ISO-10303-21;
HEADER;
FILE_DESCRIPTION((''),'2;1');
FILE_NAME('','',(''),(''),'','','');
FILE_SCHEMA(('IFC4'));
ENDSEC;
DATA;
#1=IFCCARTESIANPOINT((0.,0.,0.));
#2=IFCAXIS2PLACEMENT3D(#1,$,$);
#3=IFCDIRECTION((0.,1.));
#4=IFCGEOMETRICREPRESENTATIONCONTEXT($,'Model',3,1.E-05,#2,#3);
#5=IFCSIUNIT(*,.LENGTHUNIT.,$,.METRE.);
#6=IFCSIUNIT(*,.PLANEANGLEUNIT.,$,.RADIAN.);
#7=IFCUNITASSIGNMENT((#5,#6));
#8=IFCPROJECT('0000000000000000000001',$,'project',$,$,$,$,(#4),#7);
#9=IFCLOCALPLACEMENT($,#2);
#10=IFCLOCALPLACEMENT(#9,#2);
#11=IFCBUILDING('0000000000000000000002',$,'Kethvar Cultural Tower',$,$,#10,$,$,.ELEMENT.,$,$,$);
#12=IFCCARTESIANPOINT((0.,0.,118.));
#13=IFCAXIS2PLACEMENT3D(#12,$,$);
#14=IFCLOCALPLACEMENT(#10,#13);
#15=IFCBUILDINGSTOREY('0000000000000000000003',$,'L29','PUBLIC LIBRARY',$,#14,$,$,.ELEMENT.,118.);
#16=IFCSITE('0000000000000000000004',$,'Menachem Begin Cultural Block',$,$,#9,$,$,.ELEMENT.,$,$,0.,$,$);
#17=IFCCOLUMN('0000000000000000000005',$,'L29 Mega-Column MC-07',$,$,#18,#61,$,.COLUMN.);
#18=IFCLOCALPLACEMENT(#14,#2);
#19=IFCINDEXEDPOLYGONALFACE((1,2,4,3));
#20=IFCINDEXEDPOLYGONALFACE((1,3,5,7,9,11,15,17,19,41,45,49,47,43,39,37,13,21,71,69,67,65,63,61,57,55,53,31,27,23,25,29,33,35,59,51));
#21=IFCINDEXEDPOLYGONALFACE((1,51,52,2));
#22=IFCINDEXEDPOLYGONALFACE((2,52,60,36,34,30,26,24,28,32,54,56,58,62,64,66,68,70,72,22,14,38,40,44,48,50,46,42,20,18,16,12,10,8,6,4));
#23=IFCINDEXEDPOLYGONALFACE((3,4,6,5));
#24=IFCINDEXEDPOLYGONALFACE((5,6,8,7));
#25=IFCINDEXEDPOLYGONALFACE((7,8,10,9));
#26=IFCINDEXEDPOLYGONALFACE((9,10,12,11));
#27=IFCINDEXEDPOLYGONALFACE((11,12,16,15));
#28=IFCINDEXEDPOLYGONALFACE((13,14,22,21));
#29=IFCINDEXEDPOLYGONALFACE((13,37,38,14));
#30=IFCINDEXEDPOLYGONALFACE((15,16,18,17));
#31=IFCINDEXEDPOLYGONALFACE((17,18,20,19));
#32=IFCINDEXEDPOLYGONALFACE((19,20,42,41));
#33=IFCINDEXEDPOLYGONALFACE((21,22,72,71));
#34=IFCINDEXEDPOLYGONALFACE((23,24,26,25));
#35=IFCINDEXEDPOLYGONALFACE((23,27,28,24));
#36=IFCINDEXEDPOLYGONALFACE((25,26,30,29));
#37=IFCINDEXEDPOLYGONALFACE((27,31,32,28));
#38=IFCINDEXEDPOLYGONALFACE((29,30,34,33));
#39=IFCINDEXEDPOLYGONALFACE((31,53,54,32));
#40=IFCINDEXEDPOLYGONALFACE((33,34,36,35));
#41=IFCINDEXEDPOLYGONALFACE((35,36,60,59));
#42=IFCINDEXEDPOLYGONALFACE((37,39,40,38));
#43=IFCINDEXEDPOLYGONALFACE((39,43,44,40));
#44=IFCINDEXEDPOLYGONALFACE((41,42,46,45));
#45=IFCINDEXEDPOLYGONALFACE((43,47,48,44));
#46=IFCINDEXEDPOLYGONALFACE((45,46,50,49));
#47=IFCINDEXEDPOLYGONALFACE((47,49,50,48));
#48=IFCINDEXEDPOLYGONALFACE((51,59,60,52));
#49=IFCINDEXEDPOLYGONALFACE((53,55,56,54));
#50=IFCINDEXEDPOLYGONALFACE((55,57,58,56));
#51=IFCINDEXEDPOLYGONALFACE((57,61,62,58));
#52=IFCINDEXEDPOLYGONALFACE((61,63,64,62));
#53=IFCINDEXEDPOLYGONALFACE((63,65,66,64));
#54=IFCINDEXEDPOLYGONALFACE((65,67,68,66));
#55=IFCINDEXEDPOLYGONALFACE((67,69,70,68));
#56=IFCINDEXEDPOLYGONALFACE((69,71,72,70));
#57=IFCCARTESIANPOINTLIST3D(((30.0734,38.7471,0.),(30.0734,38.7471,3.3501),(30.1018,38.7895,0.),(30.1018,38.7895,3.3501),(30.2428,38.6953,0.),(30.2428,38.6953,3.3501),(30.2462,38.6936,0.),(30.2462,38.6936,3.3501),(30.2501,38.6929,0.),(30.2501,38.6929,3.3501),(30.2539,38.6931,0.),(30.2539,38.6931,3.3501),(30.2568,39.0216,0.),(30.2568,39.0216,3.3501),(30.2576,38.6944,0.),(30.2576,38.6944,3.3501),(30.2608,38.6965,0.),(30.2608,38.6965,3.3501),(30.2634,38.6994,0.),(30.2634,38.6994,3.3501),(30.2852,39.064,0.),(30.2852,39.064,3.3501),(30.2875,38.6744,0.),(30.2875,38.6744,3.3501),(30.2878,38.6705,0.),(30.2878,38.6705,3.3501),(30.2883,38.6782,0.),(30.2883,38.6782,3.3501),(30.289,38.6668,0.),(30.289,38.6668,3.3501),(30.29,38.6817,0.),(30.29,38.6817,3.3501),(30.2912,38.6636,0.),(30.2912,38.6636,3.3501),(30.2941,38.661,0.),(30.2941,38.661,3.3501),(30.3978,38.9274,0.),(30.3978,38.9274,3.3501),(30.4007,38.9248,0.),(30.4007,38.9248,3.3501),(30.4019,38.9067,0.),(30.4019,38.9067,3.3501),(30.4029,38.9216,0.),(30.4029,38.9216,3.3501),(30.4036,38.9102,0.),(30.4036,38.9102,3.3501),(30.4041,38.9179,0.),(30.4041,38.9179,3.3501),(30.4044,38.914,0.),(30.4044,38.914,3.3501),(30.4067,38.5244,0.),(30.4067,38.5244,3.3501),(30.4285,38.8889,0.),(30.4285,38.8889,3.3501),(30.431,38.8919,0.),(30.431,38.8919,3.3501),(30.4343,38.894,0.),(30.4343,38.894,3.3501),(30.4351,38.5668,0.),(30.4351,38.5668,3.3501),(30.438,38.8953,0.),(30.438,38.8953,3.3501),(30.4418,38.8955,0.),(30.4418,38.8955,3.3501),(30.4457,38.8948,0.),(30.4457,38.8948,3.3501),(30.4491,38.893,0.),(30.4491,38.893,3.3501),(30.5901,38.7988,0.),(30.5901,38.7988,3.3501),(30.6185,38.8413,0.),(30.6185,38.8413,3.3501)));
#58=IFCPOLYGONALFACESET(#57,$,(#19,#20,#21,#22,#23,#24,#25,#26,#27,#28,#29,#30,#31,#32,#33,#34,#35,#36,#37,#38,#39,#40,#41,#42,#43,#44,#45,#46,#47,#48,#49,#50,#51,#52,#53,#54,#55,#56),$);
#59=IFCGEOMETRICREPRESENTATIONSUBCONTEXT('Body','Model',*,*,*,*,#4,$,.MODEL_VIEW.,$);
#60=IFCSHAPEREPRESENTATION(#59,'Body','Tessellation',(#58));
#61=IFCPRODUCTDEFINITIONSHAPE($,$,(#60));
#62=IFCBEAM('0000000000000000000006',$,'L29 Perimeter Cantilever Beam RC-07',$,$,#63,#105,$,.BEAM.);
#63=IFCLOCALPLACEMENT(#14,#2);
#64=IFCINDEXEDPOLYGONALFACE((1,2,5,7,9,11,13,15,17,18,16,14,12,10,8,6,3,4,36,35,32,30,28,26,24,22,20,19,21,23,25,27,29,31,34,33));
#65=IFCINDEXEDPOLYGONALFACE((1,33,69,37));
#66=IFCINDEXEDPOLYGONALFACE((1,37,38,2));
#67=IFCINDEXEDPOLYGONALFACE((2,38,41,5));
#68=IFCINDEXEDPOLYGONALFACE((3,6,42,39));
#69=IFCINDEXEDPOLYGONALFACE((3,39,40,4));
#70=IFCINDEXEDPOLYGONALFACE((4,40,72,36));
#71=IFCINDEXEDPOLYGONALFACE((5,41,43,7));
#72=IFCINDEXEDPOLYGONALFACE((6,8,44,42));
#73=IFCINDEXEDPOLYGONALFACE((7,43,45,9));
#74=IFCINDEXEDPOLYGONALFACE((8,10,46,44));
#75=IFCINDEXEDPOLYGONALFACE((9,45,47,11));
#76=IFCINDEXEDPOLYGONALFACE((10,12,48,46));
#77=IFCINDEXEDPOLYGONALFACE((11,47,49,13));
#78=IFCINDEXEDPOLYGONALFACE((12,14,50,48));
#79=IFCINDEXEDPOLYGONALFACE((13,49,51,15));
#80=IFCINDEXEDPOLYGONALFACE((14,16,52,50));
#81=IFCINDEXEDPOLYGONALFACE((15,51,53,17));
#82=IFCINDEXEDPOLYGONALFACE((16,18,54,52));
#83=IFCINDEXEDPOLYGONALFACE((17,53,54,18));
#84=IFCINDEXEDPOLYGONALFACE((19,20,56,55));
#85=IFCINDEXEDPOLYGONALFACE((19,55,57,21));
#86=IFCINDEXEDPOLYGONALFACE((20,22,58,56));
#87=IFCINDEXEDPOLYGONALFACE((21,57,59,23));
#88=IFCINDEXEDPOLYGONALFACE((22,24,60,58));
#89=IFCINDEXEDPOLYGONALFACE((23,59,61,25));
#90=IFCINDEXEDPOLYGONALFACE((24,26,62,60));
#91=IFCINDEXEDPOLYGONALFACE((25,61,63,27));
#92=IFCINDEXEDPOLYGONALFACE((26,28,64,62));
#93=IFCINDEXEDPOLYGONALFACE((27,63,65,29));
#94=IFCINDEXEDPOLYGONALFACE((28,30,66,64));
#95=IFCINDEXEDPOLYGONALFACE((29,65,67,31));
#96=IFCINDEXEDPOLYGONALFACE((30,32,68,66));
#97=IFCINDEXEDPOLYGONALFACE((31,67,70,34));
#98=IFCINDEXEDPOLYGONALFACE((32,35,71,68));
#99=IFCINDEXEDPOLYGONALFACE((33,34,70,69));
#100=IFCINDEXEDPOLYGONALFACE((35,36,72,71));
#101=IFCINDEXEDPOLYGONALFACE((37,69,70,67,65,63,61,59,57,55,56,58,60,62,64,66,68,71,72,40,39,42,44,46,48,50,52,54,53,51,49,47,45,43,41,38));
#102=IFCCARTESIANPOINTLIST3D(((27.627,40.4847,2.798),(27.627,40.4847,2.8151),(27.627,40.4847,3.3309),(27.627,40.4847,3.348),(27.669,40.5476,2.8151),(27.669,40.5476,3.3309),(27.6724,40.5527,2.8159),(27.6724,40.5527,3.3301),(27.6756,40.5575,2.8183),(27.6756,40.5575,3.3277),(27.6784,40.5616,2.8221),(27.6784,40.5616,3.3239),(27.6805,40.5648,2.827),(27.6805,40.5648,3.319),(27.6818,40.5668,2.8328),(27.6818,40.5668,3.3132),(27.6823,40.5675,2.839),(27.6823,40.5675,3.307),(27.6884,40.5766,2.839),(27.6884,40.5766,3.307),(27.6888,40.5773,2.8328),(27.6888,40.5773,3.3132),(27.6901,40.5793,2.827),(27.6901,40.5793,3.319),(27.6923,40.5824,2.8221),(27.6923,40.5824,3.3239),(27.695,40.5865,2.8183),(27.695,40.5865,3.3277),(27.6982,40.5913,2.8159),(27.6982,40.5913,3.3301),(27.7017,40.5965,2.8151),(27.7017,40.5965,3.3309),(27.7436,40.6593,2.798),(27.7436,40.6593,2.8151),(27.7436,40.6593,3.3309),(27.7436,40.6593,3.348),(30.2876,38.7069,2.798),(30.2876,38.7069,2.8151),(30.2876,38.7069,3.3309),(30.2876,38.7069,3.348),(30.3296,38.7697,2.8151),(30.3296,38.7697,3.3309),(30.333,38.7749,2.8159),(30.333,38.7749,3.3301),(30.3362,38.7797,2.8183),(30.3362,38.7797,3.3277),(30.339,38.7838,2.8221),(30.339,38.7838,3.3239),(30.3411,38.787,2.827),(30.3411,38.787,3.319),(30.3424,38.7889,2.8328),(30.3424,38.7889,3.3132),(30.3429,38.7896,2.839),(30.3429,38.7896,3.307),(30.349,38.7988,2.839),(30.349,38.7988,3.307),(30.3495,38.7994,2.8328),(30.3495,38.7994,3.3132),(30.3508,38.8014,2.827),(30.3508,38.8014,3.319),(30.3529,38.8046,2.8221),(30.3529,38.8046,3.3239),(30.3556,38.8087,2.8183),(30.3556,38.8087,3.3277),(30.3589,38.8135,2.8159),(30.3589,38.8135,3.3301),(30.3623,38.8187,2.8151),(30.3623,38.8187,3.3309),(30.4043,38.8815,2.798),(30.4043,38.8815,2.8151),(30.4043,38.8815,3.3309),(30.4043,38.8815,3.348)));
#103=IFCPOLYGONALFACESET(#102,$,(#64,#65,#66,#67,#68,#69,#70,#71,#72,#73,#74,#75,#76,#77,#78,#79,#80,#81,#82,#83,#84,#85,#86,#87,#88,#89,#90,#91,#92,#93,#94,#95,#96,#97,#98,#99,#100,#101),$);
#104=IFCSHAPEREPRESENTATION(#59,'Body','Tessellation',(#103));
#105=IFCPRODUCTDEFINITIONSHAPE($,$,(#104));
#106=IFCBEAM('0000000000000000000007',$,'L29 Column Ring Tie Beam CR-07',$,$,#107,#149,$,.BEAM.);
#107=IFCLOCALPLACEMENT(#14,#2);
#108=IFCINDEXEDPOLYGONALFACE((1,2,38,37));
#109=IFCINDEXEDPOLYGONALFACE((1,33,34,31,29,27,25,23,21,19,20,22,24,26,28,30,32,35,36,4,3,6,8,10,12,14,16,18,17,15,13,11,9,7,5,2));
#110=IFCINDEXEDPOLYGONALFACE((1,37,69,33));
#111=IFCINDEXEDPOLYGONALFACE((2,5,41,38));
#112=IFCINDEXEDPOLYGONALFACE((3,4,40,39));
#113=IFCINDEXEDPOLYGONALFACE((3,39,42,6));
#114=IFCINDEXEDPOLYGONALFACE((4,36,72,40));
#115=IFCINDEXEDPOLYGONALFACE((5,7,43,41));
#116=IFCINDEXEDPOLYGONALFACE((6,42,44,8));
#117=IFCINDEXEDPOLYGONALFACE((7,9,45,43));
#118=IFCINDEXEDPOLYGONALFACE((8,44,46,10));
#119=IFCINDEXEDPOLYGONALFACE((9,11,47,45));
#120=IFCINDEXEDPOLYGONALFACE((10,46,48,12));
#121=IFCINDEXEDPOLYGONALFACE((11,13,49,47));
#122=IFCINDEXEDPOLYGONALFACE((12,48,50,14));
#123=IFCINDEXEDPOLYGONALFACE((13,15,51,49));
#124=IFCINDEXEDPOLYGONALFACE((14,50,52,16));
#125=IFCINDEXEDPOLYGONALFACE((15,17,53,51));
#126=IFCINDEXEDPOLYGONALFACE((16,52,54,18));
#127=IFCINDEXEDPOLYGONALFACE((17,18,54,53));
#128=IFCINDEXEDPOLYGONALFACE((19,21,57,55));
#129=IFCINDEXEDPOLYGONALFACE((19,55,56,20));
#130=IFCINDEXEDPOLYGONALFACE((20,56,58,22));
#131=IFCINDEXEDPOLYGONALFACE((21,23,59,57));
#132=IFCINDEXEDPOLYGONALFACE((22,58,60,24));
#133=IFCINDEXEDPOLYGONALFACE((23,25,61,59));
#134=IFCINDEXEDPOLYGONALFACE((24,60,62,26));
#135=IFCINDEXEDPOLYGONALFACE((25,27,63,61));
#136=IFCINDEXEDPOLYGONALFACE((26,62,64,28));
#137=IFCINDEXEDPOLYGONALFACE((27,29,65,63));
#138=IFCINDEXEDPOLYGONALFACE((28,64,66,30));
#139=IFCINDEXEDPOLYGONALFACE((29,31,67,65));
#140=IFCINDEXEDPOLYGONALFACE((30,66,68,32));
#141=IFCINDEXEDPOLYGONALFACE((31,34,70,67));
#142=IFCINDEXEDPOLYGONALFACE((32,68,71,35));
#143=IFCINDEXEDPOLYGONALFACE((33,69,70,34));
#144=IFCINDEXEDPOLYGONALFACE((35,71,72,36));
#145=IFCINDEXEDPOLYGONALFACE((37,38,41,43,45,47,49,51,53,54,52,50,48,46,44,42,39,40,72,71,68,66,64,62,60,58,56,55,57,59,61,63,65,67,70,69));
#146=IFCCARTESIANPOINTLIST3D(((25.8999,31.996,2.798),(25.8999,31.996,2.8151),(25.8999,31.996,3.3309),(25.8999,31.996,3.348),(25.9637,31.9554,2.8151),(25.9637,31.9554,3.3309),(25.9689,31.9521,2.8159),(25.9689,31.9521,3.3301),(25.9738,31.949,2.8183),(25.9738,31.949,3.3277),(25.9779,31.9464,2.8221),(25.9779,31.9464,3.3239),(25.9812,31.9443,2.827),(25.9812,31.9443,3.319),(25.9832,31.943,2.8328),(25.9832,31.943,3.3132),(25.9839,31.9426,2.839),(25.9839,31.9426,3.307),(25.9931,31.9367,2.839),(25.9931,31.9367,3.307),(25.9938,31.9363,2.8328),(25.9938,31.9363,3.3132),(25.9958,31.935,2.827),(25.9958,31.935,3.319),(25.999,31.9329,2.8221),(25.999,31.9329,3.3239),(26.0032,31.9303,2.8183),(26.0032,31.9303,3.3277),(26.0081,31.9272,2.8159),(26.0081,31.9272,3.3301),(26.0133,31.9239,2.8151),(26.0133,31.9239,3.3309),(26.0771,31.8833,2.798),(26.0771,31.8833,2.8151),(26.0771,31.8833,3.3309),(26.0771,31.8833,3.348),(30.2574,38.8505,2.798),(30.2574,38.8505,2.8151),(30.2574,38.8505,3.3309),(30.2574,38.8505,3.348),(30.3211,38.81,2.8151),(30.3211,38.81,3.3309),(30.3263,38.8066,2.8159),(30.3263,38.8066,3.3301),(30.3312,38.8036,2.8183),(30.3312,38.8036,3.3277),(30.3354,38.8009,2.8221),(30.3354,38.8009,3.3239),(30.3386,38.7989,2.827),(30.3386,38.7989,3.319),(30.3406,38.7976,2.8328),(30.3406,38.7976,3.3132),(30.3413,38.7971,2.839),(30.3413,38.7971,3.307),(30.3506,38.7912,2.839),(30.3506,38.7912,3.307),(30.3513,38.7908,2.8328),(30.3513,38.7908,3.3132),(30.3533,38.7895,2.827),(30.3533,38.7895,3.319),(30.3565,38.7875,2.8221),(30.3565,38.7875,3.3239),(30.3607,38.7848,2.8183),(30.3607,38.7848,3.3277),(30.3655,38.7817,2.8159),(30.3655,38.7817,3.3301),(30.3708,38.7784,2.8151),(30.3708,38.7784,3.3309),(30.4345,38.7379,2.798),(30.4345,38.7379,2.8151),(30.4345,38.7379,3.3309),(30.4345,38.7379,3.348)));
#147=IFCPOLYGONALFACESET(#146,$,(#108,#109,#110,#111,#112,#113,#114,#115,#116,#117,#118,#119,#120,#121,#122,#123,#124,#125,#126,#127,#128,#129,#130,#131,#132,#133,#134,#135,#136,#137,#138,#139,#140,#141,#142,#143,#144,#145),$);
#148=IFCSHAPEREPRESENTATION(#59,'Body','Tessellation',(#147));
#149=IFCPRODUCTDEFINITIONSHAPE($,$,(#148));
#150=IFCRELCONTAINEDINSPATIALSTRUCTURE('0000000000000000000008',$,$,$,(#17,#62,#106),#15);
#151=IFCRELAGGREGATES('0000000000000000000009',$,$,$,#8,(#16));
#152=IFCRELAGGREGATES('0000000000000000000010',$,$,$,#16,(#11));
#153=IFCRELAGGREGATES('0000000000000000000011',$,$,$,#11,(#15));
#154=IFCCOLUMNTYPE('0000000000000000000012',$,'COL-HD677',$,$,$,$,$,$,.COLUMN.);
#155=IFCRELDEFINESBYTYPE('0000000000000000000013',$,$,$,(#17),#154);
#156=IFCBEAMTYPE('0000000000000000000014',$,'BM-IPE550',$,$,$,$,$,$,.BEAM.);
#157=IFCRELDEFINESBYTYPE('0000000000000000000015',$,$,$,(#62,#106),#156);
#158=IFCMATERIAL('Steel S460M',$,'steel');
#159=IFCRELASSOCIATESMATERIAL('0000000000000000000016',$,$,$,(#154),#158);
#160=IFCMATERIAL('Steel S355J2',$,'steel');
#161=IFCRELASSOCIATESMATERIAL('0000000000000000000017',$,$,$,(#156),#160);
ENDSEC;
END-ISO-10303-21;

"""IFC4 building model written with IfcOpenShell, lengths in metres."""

from ifc_helpers import new_model, si_unit, direction, frame, origin, origin_2d, place, context, subcontext, project, spatial, i_section, extrude, source, transform, mapped, material, material_profile, profile_set, type_object, element, save


model = new_model("IFC4")

# Units and contexts
model_context = context("Model", 3, precision=1e-05, world=origin(), true_north=direction((0.0, 1.0)))
body_context = subcontext(model_context, "Body", "Model", "MODEL_VIEW")
ifc_project = project(units=[si_unit("LENGTHUNIT", "METRE"), si_unit("PLANEANGLEUNIT", "RADIAN")], contexts=[model_context])

# Site, building, storey
site_placement = place(None, origin())
site = spatial("IfcSite", under=ifc_project, at=site_placement, Name="Menachem Begin Cultural Block", CompositionType="ELEMENT", RefElevation=0.0)
building_placement = place(site_placement, origin())
building = spatial("IfcBuilding", under=site, at=building_placement, Name="Kethvar Cultural Tower", CompositionType="ELEMENT")
storey_placement = place(building_placement, frame((0.0, 0.0, 118.0)))
storey = spatial("IfcBuildingStorey", under=building, at=storey_placement, Name="L29", Description="PUBLIC LIBRARY", CompositionType="ELEMENT", Elevation=118.0)

# Column
ifc_material_1 = material(Name="Steel S460M", Category="steel")
ifc_material_profile_1 = material_profile(ifc_material_1, i_section(OverallWidth=0.4009, OverallDepth=0.3811, WebThickness=0.032, FlangeThickness=0.051, FilletRadius=0.0149, at=origin_2d()), Name="Steel S460M — HD400x677")
ifc_profile_set_1 = profile_set([ifc_material_profile_1], Name="Steel S460M — HD400x677")
column_type = type_object("IfcColumnType", Name="COL-HD677", PredefinedType="COLUMN", material=ifc_profile_set_1)
shared_shape_1 = source(origin(), body_context, "Body", "SweptSolid", [
    extrude(i_section(OverallWidth=0.4009, OverallDepth=0.3811, WebThickness=0.032, FlangeThickness=0.051, FilletRadius=0.0149, at=origin_2d()), origin(), (0.0, 0.0, 1.0), 3.3501),
])
column_placement = place(storey_placement, frame((30.3459, 38.7942, 0.0), z_axis=(0.0, 0.0, 1.0), x_axis=(-0.83147, 0.55557, 0.0)))
element("IfcColumn", 1, at=column_placement, inside=storey, type_object=column_type, Name="L29 Mega-Column MC-07", PredefinedType="COLUMN", context=body_context, shape_type="MappedRepresentation", body=[
    mapped(shared_shape_1, transform((0.0, 0.0, 0.0), scale=1.0)),
])

# Beams
ifc_material_2 = material(Name="Steel S355J2", Category="steel")
ifc_material_profile_2 = material_profile(ifc_material_2, i_section(OverallWidth=0.21, OverallDepth=0.55, WebThickness=0.011, FlangeThickness=0.0171, FilletRadius=0.0239, at=origin_2d()), Name="Steel S355J2 — IPE550")
ifc_profile_set_2 = profile_set([ifc_material_profile_2], Name="Steel S355J2 — IPE550")
beam_type_1 = type_object("IfcBeamType", Name="BM-IPE550", PredefinedType="BEAM", material=ifc_profile_set_2)
shared_shape_2 = source(origin(), body_context, "Body", "SweptSolid", [
    extrude(i_section(OverallWidth=0.21, OverallDepth=0.55, WebThickness=0.011, FlangeThickness=0.0171, FilletRadius=0.0239, at=origin_2d()), origin(), (0.0, 0.0, 1.0), 3.2),
])
beam_1_placement = place(storey_placement, frame((30.3459, 38.7942, 3.073), z_axis=(-0.831463, 0.55558, 0.0), x_axis=(-0.55558, -0.831463, 0.0)))
element("IfcBeam", 2, at=beam_1_placement, inside=storey, type_object=beam_type_1, Name="L29 Perimeter Cantilever Beam RC-07", PredefinedType="BEAM", context=body_context, shape_type="MappedRepresentation", body=[
    mapped(shared_shape_2, transform((0.0, 0.0, 0.0), scale=1.0)),
])
shared_shape_3 = source(origin(), body_context, "Body", "SweptSolid", [
    extrude(i_section(OverallWidth=0.21, OverallDepth=0.55, WebThickness=0.011, FlangeThickness=0.0171, FilletRadius=0.0239, at=origin_2d()), origin(), (0.0, 0.0, 1.0), 8.1223),
])
beam_2_placement = place(storey_placement, frame((30.3459, 38.7942, 3.073), z_axis=(-0.536479, -0.843914, 0.0), x_axis=(0.843914, -0.536479, 0.0)))
element("IfcBeam", 3, at=beam_2_placement, inside=storey, type_object=beam_type_1, Name="L29 Column Ring Tie Beam CR-07", PredefinedType="BEAM", context=body_context, shape_type="MappedRepresentation", body=[
    mapped(shared_shape_3, transform((0.0, 0.0, 0.0), scale=1.0)),
])

save(model, "model.ifc")
